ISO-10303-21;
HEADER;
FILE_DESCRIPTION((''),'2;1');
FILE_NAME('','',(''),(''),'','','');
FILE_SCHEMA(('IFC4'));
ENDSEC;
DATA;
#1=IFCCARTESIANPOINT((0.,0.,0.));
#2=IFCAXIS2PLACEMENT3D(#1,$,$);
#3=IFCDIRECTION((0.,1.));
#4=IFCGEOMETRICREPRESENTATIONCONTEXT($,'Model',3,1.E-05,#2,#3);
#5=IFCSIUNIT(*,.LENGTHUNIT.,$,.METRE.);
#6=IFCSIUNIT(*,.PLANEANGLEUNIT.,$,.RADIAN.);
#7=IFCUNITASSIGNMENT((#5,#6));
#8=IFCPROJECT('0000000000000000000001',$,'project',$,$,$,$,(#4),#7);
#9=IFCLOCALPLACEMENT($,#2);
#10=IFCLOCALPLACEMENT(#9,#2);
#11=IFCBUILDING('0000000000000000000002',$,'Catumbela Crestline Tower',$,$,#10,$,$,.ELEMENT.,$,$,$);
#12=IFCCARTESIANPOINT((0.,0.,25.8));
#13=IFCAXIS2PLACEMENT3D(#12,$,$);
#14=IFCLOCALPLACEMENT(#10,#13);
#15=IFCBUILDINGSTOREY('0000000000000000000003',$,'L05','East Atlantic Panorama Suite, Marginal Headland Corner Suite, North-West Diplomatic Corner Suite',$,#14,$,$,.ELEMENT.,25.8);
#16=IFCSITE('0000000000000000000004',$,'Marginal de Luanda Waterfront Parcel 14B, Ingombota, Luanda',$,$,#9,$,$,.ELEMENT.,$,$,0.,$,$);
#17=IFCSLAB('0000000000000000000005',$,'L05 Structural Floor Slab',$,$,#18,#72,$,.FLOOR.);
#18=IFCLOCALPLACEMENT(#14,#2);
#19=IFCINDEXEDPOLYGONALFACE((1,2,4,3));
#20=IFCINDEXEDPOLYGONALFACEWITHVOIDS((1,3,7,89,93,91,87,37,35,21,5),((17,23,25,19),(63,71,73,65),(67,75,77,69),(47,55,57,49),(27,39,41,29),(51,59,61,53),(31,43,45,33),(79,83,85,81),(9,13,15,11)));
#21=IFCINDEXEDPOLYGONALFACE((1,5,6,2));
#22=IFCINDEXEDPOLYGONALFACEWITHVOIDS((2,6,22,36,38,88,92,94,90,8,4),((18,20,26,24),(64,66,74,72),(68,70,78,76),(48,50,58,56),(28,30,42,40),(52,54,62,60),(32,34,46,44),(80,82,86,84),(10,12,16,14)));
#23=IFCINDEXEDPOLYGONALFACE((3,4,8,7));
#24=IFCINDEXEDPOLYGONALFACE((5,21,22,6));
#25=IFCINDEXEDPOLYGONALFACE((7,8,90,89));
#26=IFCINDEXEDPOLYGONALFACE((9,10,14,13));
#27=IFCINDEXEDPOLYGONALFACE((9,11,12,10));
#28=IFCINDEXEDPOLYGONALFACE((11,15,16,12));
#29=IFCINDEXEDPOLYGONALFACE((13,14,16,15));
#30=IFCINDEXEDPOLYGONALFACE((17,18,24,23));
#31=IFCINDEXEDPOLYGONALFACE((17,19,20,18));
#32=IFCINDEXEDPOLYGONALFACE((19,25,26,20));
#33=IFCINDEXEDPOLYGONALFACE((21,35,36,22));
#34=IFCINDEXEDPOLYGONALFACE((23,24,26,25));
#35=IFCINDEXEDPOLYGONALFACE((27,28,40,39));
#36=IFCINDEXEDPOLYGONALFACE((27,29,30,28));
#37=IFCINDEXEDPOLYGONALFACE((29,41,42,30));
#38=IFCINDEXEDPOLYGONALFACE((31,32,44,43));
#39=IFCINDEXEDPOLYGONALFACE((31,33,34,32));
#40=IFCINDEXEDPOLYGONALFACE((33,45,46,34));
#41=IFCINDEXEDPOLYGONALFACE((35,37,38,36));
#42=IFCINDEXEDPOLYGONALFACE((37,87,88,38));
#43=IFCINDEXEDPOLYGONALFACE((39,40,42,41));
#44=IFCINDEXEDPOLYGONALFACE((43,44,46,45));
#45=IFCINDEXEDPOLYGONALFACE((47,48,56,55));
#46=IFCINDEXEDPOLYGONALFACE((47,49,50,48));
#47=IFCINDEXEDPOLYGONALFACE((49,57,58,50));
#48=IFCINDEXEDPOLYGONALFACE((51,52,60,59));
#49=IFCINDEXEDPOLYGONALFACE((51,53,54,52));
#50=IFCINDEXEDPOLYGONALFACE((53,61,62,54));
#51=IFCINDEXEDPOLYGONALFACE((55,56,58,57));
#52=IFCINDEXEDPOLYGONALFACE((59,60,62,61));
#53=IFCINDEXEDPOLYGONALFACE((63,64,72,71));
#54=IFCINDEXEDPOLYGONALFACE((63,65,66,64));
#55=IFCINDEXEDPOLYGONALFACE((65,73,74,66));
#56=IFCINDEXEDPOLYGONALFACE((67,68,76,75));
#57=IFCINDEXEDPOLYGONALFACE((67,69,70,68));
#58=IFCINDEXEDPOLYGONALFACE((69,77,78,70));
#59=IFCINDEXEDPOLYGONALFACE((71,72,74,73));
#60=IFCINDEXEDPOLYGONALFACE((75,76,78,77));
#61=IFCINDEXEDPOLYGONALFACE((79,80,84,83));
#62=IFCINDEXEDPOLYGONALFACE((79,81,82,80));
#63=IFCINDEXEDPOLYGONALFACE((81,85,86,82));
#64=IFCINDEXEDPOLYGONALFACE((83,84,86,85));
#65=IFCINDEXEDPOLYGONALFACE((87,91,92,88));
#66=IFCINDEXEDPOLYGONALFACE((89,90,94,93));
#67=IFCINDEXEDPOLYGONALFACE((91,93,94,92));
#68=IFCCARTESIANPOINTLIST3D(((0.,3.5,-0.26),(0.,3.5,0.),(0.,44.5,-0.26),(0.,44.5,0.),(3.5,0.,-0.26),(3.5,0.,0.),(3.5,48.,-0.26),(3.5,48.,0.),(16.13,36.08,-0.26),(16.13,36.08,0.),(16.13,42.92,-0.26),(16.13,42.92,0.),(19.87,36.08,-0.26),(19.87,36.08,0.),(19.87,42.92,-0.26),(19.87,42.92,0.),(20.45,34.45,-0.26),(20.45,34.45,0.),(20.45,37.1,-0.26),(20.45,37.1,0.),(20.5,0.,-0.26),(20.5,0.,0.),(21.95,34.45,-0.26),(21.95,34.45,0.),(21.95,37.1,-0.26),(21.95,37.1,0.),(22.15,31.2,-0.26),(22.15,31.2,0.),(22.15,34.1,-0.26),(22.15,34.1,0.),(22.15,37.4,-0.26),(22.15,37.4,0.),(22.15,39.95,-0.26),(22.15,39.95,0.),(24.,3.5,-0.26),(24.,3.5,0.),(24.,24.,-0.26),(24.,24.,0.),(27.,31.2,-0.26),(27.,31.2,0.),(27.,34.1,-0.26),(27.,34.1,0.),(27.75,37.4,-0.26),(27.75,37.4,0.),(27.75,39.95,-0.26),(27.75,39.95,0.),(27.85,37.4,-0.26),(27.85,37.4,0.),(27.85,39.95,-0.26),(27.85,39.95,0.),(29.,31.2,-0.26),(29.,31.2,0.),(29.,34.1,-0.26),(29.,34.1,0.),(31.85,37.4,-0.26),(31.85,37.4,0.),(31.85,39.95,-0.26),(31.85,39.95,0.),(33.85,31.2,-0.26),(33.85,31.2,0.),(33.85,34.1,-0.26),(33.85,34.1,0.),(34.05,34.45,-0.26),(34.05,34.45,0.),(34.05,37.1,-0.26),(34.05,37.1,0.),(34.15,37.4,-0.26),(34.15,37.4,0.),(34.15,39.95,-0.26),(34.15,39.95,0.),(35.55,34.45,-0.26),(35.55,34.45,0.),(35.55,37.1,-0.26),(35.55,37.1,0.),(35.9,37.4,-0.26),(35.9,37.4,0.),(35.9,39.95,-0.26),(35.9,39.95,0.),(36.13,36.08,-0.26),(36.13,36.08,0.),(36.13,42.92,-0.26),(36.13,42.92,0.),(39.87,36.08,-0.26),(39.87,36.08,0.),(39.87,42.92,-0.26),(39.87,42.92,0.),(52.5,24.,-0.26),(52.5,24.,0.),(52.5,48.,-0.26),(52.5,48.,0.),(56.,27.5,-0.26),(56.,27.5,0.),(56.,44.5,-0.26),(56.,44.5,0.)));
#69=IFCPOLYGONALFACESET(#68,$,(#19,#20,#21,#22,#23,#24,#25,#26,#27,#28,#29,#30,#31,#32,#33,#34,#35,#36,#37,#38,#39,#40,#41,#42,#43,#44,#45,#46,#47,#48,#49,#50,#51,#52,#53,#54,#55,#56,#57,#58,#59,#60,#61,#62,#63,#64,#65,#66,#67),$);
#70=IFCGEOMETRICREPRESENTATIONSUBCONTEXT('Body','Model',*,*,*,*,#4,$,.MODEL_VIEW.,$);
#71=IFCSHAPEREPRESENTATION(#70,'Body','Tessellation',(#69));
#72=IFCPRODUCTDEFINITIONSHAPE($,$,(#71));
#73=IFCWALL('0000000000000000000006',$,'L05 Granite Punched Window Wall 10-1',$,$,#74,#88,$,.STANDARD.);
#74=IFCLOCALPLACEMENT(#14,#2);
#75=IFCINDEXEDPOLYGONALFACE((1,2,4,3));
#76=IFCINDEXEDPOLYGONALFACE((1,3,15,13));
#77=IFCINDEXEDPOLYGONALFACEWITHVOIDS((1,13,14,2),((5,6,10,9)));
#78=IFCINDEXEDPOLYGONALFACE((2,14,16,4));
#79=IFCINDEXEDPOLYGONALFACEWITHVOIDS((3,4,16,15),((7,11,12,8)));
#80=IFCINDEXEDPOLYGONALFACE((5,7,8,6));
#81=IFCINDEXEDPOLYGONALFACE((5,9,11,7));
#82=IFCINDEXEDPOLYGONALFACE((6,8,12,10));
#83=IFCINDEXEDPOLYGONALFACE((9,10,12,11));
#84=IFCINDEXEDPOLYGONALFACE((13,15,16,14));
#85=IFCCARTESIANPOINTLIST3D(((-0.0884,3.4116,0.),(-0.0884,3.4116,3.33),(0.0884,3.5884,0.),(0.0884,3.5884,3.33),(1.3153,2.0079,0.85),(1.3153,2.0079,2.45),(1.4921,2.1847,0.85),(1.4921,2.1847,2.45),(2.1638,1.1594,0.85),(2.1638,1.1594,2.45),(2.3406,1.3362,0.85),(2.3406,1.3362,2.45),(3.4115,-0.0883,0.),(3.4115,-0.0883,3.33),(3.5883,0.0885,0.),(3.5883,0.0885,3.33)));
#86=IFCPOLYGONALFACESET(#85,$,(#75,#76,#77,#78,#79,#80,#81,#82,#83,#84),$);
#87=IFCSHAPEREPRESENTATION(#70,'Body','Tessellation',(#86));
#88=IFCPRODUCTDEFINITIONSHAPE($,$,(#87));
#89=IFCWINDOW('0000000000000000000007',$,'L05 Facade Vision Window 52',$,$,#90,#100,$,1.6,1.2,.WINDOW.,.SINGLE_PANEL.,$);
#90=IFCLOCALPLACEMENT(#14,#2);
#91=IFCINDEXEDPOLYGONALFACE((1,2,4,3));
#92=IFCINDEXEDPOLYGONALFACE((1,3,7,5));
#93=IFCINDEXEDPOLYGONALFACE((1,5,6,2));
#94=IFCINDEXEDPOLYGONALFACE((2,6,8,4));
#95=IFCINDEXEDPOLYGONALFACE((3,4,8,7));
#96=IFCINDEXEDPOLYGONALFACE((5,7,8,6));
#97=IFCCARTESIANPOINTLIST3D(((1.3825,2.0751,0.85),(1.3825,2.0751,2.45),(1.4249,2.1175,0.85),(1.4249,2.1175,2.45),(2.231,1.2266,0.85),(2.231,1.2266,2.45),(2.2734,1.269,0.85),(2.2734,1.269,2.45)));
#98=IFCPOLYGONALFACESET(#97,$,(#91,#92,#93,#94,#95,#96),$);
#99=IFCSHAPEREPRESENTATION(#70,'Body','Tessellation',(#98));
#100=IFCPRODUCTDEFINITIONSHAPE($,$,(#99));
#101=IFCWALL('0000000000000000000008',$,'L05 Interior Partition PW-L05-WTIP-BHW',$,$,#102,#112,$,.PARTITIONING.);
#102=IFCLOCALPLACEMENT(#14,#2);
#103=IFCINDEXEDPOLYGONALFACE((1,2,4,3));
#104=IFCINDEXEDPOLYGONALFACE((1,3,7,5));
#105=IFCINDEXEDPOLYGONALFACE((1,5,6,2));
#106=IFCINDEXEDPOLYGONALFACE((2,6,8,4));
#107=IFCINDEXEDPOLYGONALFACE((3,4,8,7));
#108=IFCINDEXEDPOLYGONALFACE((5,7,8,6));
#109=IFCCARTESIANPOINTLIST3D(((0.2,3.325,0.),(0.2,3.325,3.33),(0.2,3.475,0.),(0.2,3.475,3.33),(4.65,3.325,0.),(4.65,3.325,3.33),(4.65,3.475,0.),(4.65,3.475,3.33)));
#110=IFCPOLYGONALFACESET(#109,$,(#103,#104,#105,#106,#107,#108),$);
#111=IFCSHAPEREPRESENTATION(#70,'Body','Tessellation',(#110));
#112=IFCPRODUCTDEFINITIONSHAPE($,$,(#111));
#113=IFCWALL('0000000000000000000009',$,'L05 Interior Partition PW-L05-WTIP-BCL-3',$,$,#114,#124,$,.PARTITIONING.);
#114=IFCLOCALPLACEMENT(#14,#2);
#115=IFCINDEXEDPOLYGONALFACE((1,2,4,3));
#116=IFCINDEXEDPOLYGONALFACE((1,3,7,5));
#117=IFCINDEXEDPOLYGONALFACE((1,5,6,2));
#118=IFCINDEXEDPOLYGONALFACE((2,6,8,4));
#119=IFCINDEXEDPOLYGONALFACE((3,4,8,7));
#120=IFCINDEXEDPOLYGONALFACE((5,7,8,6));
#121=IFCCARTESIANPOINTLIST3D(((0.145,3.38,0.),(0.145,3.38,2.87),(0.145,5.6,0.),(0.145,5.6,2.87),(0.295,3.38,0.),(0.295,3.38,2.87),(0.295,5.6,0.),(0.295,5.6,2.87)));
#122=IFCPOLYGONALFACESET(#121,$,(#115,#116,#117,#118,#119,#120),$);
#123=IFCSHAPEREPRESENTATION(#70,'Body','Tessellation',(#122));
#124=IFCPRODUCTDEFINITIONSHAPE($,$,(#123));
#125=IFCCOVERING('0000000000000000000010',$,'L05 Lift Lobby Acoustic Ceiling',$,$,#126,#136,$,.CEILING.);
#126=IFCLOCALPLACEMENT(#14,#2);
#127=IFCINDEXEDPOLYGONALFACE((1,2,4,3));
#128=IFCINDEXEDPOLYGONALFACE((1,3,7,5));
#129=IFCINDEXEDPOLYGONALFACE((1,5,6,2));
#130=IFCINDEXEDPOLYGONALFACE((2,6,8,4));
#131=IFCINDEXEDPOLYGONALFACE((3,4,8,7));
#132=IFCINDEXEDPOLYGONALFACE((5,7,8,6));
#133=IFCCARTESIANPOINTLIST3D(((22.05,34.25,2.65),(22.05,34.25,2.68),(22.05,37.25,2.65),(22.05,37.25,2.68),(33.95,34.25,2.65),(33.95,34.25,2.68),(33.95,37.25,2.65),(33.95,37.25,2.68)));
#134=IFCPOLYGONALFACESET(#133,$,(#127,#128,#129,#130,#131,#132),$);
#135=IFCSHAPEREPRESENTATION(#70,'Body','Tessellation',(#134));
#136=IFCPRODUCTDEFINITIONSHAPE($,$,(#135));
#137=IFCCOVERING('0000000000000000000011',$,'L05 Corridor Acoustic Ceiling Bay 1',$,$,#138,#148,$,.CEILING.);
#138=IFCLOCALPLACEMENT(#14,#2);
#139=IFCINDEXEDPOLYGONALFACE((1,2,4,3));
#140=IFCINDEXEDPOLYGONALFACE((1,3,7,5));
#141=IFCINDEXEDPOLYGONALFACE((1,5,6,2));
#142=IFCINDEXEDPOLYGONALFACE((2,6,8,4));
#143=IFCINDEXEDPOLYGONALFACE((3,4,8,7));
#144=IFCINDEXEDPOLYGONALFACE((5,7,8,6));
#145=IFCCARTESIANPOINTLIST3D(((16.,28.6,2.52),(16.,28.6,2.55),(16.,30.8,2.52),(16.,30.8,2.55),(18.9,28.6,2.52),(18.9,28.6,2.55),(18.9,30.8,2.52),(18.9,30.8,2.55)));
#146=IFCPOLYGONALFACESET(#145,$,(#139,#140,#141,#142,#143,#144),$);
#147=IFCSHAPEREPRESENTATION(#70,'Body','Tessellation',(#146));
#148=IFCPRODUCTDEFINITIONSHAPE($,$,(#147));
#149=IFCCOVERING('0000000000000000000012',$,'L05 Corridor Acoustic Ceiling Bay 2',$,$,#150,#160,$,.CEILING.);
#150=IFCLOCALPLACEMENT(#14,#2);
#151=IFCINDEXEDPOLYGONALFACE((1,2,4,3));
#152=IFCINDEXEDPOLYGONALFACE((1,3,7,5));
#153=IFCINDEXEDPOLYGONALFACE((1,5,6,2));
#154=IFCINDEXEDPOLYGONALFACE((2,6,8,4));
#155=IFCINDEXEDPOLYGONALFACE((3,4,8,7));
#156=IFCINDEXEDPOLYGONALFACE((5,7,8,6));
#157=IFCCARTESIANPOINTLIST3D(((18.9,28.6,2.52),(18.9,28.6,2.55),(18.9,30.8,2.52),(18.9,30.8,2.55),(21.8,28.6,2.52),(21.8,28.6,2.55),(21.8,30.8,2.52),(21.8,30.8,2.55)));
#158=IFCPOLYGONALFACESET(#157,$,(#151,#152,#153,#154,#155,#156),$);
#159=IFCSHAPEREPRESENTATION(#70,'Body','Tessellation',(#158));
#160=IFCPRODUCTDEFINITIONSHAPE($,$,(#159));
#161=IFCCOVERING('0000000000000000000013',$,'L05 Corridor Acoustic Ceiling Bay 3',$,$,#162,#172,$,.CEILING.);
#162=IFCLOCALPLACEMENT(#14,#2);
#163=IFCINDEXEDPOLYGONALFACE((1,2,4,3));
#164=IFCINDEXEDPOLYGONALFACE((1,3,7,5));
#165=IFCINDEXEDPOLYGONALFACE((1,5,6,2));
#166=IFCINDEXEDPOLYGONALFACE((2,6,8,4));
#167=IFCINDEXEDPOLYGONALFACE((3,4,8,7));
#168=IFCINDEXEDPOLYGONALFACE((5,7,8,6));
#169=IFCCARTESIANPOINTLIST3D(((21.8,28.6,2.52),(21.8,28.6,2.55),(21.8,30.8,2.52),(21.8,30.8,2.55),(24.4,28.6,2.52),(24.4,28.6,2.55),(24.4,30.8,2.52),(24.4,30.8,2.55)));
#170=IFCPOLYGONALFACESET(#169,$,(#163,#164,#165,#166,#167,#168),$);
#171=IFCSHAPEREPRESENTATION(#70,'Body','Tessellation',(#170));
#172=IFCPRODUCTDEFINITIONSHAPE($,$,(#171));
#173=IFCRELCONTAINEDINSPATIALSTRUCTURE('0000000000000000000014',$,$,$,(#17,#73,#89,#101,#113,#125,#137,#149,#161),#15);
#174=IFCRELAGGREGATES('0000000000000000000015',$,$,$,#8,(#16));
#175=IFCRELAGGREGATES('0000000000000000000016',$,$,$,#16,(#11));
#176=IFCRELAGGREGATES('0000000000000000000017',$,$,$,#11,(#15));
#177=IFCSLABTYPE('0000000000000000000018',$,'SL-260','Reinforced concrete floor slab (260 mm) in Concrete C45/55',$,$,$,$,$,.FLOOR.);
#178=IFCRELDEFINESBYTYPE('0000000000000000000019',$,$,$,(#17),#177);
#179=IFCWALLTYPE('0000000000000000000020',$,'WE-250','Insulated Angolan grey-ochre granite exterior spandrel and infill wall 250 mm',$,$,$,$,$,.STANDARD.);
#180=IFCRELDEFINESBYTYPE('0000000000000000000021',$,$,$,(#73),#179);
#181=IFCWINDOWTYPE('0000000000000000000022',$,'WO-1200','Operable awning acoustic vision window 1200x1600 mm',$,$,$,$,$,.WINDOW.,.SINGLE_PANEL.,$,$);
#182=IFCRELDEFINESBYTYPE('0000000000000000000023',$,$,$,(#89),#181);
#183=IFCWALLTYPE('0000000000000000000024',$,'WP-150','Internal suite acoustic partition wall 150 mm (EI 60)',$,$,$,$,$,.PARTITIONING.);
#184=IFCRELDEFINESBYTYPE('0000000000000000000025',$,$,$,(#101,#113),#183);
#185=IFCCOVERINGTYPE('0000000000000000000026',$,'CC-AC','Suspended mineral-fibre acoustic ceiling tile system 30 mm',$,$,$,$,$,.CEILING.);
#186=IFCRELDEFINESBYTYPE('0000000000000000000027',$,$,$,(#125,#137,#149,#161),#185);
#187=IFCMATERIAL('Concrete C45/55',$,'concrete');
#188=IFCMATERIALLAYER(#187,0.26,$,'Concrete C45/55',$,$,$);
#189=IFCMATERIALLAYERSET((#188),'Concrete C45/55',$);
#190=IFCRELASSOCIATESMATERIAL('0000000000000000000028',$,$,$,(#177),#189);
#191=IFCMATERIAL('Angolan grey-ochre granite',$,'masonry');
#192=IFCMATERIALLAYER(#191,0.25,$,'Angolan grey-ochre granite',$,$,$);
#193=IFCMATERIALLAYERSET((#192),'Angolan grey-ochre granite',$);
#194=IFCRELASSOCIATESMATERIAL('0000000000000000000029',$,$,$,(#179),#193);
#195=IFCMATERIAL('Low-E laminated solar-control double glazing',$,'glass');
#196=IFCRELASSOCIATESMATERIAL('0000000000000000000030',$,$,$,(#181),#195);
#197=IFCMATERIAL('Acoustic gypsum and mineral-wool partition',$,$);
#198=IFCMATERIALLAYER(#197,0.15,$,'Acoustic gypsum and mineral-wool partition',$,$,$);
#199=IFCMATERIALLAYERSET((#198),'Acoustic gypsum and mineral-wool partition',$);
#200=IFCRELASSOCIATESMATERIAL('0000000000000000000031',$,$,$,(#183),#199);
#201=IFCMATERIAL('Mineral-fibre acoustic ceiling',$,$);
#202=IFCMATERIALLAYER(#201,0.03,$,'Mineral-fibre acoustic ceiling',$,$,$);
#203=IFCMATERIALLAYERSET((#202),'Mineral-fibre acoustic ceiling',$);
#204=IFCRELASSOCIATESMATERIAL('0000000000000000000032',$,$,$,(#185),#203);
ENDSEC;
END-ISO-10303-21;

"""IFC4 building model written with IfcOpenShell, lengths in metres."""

from ifc_helpers import new_model, si_unit, direction, frame, frame_2d, origin, place, context, subcontext, project, spatial, polyline, rectangle, outline, extrude, material, layer, layer_set, type_object, element, fill, save


model = new_model("IFC4")

# Units and contexts
model_context = context("Model", 3, precision=1e-05, world=origin(), true_north=direction((0.0, 1.0)))
body_context = subcontext(model_context, "Body", "Model", "MODEL_VIEW")
ifc_project = project(units=[si_unit("LENGTHUNIT", "METRE"), si_unit("PLANEANGLEUNIT", "RADIAN")], contexts=[model_context])

# Site, building, storey
site_placement = place(None, origin())
site = spatial("IfcSite", under=ifc_project, at=site_placement, Name="Marginal de Luanda Waterfront Parcel 14B, Ingombota, Luanda", CompositionType="ELEMENT", RefElevation=0.0)
building_placement = place(site_placement, origin())
building = spatial("IfcBuilding", under=site, at=building_placement, Name="Catumbela Crestline Tower", CompositionType="ELEMENT")
storey_placement = place(building_placement, frame((0.0, 0.0, 25.8)))
storey = spatial("IfcBuildingStorey", under=building, at=storey_placement, Name="L05", Description="East Atlantic Panorama Suite, Marginal Headland Corner Suite, North-West Diplomatic Corner Suite", CompositionType="ELEMENT", Elevation=25.8)

# Shared definitions
ifc_material_1 = material(Name="Concrete C45/55", Category="concrete")

# Slab
ifc_layer_1 = layer(ifc_material_1, 0.26, Name="Concrete C45/55")
ifc_layer_set_1 = layer_set([ifc_layer_1], Name="Concrete C45/55")
slab_type_1 = type_object("IfcSlabType", Name="SL-260", Description="Reinforced concrete floor slab (260 mm) in Concrete C45/55", PredefinedType="FLOOR", material=ifc_layer_set_1)
slab_1_placement = place(storey_placement, frame((0.0, 0.0, -0.26)))
element("IfcSlab", 1, at=slab_1_placement, inside=storey, type_object=slab_type_1, Name="L05 Structural Floor Slab", PredefinedType="FLOOR", context=body_context, shape_type="SweptSolid", body=[
    extrude(outline(polyline([(3.5, 0.0), (20.5, 0.0), (24.0, 3.5), (24.0, 24.0), (52.5, 24.0), (56.0, 27.5), (56.0, 44.5), (52.5, 48.0), (3.5, 48.0), (0.0, 44.5), (0.0, 3.5), (3.5, 0.0)]), holes=[polyline([(16.13, 36.08), (19.87, 36.08), (19.87, 42.92), (16.13, 42.92), (16.13, 36.08)]), polyline([(36.13, 36.08), (39.87, 36.08), (39.87, 42.92), (36.13, 42.92), (36.13, 36.08)]), polyline([(22.15, 31.2), (27.0, 31.2), (27.0, 34.1), (22.15, 34.1), (22.15, 31.2)]), polyline([(29.0, 31.2), (33.85, 31.2), (33.85, 34.1), (29.0, 34.1), (29.0, 31.2)]), polyline([(22.15, 37.4), (27.75, 37.4), (27.75, 39.95), (22.15, 39.95), (22.15, 37.4)]), polyline([(27.85, 37.4), (31.85, 37.4), (31.85, 39.95), (27.85, 39.95), (27.85, 37.4)]), polyline([(20.45, 34.45), (21.95, 34.45), (21.95, 37.1), (20.45, 37.1), (20.45, 34.45)]), polyline([(34.05, 34.45), (35.55, 34.45), (35.55, 37.1), (34.05, 37.1), (34.05, 34.45)]), polyline([(34.15, 37.4), (35.9, 37.4), (35.9, 39.95), (34.15, 39.95), (34.15, 37.4)])]), origin(), (0.0, 0.0, 1.0), 0.26),
])

# Wall, opening, window
ifc_material_2 = material(Name="Angolan grey-ochre granite", Category="masonry")
ifc_layer_2 = layer(ifc_material_2, 0.25, Name="Angolan grey-ochre granite")
ifc_layer_set_2 = layer_set([ifc_layer_2], Name="Angolan grey-ochre granite")
wall_type_1 = type_object("IfcWallType", Name="WE-250", Description="Insulated Angolan grey-ochre granite exterior spandrel and infill wall 250 mm", PredefinedType="STANDARD", material=ifc_layer_set_2)
wall_1_placement = place(storey_placement, frame((0.0, 3.5, 0.0), z_axis=(0.0, 0.0, 1.0), x_axis=(0.707107, -0.707107, 0.0)))
wall_1 = element("IfcWall", 2, at=wall_1_placement, inside=storey, type_object=wall_type_1, Name="L05 Granite Punched Window Wall 10-1", PredefinedType="STANDARD", context=body_context, shape_type="SweptSolid", body=[
    extrude(rectangle(XDim=4.9497, YDim=0.25, at=frame_2d((2.4748, 0.0))), origin(), (0.0, 0.0, 1.0), 3.33),
])
opening_placement = place(wall_1_placement, frame((1.9851, 0.0, 0.85)))
opening = element("IfcOpeningElement", 3, at=opening_placement, cuts=wall_1, PredefinedType="OPENING", context=body_context, shape_type="SweptSolid", body=[
    extrude(rectangle(XDim=1.2, YDim=1.6, at=frame_2d((0.6, 0.8))), frame((0.0, 0.135, 0.0), z_axis=(0.0, -1.0, 0.0), x_axis=(1.0, 0.0, 0.0)), (0.0, 0.0, 1.0), 0.27),
])
ifc_material_3 = material(Name="Low-E laminated solar-control double glazing", Category="glass")
window_type = type_object("IfcWindowType", Name="WO-1200", Description="Operable awning acoustic vision window 1200x1600 mm", PartitioningType="SINGLE_PANEL", PredefinedType="WINDOW", material=ifc_material_3)
window_placement = place(opening_placement, origin())
window = element("IfcWindow", 4, at=window_placement, inside=storey, type_object=window_type, Name="L05 Facade Vision Window 52", OverallHeight=1.6, OverallWidth=1.2, PartitioningType="SINGLE_PANEL", PredefinedType="WINDOW", context=body_context, shape_type="SweptSolid", body=[
    extrude(rectangle(XDim=1.2, YDim=1.6, at=frame_2d((0.6, 0.8))), frame((0.0, 0.03, 0.0), z_axis=(0.0, -1.0, 0.0), x_axis=(1.0, 0.0, 0.0)), (0.0, 0.0, 1.0), 0.06),
])
fill(opening, window)

# Walls
ifc_material_4 = material(Name="Acoustic gypsum and mineral-wool partition")
ifc_layer_3 = layer(ifc_material_4, 0.15, Name="Acoustic gypsum and mineral-wool partition")
ifc_layer_set_3 = layer_set([ifc_layer_3], Name="Acoustic gypsum and mineral-wool partition")
wall_type_2 = type_object("IfcWallType", Name="WP-150", Description="Internal suite acoustic partition wall 150 mm (EI 60)", PredefinedType="PARTITIONING", material=ifc_layer_set_3)
wall_2_placement = place(storey_placement, frame((0.2, 3.4, 0.0), z_axis=(0.0, 0.0, 1.0), x_axis=(1.0, 0.0, 0.0)))
element("IfcWall", 5, at=wall_2_placement, inside=storey, type_object=wall_type_2, Name="L05 Interior Partition PW-L05-WTIP-BHW", PredefinedType="PARTITIONING", context=body_context, shape_type="SweptSolid", body=[
    extrude(rectangle(XDim=4.45, YDim=0.15, at=frame_2d((2.225, 0.0))), origin(), (0.0, 0.0, 1.0), 3.33),
])
wall_3_placement = place(storey_placement, frame((0.22, 3.38, 0.0), z_axis=(0.0, 0.0, 1.0), x_axis=(0.0, 1.0, 0.0)))
element("IfcWall", 6, at=wall_3_placement, inside=storey, type_object=wall_type_2, Name="L05 Interior Partition PW-L05-WTIP-BCL-3", PredefinedType="PARTITIONING", context=body_context, shape_type="SweptSolid", body=[
    extrude(rectangle(XDim=2.22, YDim=0.15, at=frame_2d((1.11, 0.0))), origin(), (0.0, 0.0, 1.0), 2.87),
])

# Coverings
ifc_material_5 = material(Name="Mineral-fibre acoustic ceiling")
ifc_layer_4 = layer(ifc_material_5, 0.03, Name="Mineral-fibre acoustic ceiling")
ifc_layer_set_4 = layer_set([ifc_layer_4], Name="Mineral-fibre acoustic ceiling")
covering_type_1 = type_object("IfcCoveringType", Name="CC-AC", Description="Suspended mineral-fibre acoustic ceiling tile system 30 mm", PredefinedType="CEILING", material=ifc_layer_set_4)
covering_1_placement = place(storey_placement, frame((0.0, 0.0, 2.65)))
element("IfcCovering", 7, at=covering_1_placement, inside=storey, type_object=covering_type_1, Name="L05 Lift Lobby Acoustic Ceiling", PredefinedType="CEILING", context=body_context, shape_type="SweptSolid", body=[
    extrude(outline(polyline([(22.05, 34.25), (33.95, 34.25), (33.95, 37.25), (22.05, 37.25), (22.05, 34.25)])), origin(), (0.0, 0.0, 1.0), 0.03),
])
covering_2_placement = place(storey_placement, frame((0.0, 0.0, 2.52)))
element("IfcCovering", 8, at=covering_2_placement, inside=storey, type_object=covering_type_1, Name="L05 Corridor Acoustic Ceiling Bay 1", PredefinedType="CEILING", context=body_context, shape_type="SweptSolid", body=[
    extrude(outline(polyline([(16.0, 28.6), (18.9, 28.6), (18.9, 30.8), (16.0, 30.8), (16.0, 28.6)])), origin(), (0.0, 0.0, 1.0), 0.03),
])
covering_3_placement = place(storey_placement, frame((0.0, 0.0, 2.52)))
element("IfcCovering", 9, at=covering_3_placement, inside=storey, type_object=covering_type_1, Name="L05 Corridor Acoustic Ceiling Bay 2", PredefinedType="CEILING", context=body_context, shape_type="SweptSolid", body=[
    extrude(outline(polyline([(18.9, 28.6), (21.8, 28.6), (21.8, 30.8), (18.9, 30.8), (18.9, 28.6)])), origin(), (0.0, 0.0, 1.0), 0.03),
])
covering_4_placement = place(storey_placement, frame((0.0, 0.0, 2.52)))
element("IfcCovering", 10, at=covering_4_placement, inside=storey, type_object=covering_type_1, Name="L05 Corridor Acoustic Ceiling Bay 3", PredefinedType="CEILING", context=body_context, shape_type="SweptSolid", body=[
    extrude(outline(polyline([(21.8, 28.6), (24.4, 28.6), (24.4, 30.8), (21.8, 30.8), (21.8, 28.6)])), origin(), (0.0, 0.0, 1.0), 0.03),
])

save(model, "model.ifc")
